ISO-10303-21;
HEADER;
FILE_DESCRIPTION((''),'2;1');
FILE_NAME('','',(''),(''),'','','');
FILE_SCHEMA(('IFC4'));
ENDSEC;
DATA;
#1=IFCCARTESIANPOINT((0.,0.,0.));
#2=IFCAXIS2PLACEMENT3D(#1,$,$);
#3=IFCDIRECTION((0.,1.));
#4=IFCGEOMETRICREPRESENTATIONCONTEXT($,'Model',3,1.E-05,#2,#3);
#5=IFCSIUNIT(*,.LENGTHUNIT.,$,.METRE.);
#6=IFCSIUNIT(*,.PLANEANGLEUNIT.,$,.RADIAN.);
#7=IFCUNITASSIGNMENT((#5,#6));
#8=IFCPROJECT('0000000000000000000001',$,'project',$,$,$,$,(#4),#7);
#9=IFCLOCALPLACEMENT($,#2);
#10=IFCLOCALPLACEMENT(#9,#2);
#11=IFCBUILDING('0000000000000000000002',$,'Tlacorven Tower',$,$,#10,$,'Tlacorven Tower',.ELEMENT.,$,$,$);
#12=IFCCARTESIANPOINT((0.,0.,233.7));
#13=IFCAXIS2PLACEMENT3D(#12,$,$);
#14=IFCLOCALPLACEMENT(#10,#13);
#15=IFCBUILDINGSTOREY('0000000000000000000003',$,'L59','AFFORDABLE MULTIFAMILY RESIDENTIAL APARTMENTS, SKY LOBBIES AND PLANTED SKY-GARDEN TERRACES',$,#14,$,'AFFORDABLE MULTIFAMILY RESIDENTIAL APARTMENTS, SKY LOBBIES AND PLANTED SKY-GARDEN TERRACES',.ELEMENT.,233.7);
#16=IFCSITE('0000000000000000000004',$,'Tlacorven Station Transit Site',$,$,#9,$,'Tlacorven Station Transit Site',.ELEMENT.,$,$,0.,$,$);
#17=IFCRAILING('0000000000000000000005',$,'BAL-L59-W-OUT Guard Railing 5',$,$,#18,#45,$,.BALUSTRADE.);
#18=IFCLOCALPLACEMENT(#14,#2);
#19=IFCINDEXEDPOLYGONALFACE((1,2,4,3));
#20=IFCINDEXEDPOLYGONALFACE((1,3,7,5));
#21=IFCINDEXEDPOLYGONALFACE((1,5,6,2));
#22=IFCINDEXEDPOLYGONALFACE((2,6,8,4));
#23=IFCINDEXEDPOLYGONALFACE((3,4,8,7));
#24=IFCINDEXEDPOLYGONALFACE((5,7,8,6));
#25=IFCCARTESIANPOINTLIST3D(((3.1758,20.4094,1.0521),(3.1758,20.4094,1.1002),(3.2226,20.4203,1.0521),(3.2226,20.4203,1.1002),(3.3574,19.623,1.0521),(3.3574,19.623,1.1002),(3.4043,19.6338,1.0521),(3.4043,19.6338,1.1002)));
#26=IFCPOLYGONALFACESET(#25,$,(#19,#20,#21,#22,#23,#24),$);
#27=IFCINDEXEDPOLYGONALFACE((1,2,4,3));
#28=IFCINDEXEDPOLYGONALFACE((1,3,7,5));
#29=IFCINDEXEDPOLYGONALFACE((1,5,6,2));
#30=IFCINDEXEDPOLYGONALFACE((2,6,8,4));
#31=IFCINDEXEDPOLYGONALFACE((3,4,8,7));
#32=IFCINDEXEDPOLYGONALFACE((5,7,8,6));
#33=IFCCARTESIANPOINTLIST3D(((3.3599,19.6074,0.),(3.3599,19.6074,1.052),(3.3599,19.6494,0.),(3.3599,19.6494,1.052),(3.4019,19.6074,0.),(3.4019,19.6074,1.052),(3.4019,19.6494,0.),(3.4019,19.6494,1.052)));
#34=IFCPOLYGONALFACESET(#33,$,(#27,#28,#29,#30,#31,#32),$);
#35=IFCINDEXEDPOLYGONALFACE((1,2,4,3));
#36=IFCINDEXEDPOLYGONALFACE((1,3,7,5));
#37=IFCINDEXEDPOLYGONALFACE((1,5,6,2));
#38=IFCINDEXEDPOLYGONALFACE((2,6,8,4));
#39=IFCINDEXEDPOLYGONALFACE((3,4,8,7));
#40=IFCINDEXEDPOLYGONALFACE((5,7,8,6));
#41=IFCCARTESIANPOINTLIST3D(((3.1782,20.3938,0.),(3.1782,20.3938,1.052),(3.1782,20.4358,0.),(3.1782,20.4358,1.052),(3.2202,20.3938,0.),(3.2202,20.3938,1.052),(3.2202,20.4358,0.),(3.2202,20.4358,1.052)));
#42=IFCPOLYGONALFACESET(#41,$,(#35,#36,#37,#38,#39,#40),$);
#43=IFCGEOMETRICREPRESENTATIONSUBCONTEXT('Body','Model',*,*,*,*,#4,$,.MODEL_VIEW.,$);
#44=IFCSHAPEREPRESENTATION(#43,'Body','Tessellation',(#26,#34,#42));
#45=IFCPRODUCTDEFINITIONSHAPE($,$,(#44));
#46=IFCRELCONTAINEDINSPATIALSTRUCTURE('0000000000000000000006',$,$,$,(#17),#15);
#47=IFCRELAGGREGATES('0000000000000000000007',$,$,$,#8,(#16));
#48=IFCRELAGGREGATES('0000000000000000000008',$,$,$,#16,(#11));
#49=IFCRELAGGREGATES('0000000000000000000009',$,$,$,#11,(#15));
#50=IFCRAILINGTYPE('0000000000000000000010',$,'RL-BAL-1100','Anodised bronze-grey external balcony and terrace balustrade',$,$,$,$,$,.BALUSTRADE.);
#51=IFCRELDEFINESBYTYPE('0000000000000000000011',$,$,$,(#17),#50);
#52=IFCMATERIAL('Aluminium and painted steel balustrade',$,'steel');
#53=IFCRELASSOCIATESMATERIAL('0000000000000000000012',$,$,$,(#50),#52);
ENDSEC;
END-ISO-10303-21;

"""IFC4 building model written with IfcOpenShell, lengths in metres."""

from ifc_helpers import new_model, si_unit, direction, frame, origin, origin_2d, place, context, subcontext, project, spatial, rectangle, extrude, source, transform, mapped, material, type_object, element, save


model = new_model("IFC4")

# Units and contexts
model_context = context("Model", 3, precision=1e-05, world=origin(), true_north=direction((0.0, 1.0)))
body_context = subcontext(model_context, "Body", "Model", "MODEL_VIEW")
ifc_project = project(units=[si_unit("LENGTHUNIT", "METRE"), si_unit("PLANEANGLEUNIT", "RADIAN")], contexts=[model_context])

# Site, building, storey
site_placement = place(None, origin())
site = spatial("IfcSite", under=ifc_project, at=site_placement, Name="Tlacorven Station Transit Site", LongName="Tlacorven Station Transit Site", CompositionType="ELEMENT", RefElevation=0.0)
building_placement = place(site_placement, origin())
building = spatial("IfcBuilding", under=site, at=building_placement, Name="Tlacorven Tower", LongName="Tlacorven Tower", CompositionType="ELEMENT")
storey_placement = place(building_placement, frame((0.0, 0.0, 233.7)))
storey = spatial("IfcBuildingStorey", under=building, at=storey_placement, Name="L59", Description="AFFORDABLE MULTIFAMILY RESIDENTIAL APARTMENTS, SKY LOBBIES AND PLANTED SKY-GARDEN TERRACES", LongName="AFFORDABLE MULTIFAMILY RESIDENTIAL APARTMENTS, SKY LOBBIES AND PLANTED SKY-GARDEN TERRACES", CompositionType="ELEMENT", Elevation=233.7)

# Railing
ifc_material_1 = material(Name="Aluminium and painted steel balustrade", Category="steel")
railing_type = type_object("IfcRailingType", Name="RL-BAL-1100", Description="Anodised bronze-grey external balcony and terrace balustrade", PredefinedType="BALUSTRADE", material=ifc_material_1)
shared_shape_1 = source(origin(), body_context, "Body", "SweptSolid", [
    extrude(rectangle(XDim=0.0481, YDim=0.0481, at=origin_2d()), frame((0.0, 0.0, 1.0762), z_axis=(-0.225058, 0.974345, 0.0), x_axis=(-0.974345, -0.225058, 0.0)), (0.0, 0.0, 1.0), 0.8071),
    extrude(rectangle(XDim=0.042, YDim=0.042, at=origin_2d()), origin(), (0.0, 0.0, 1.0), 1.052),
    extrude(rectangle(XDim=0.042, YDim=0.042, at=origin_2d()), frame((-0.1816, 0.7864, 0.0)), (0.0, 0.0, 1.0), 1.052),
])
railing_1_placement = place(storey_placement, frame((3.3809, 19.6284, 0.0)))
element("IfcRailing", 1, at=railing_1_placement, inside=storey, type_object=railing_type, Name="BAL-L59-W-OUT Guard Railing 5", PredefinedType="BALUSTRADE", context=body_context, shape_type="MappedRepresentation", body=[
    mapped(shared_shape_1, transform((0.0, 0.0, 0.0), scale=1.0)),
])

save(model, "model.ifc")
